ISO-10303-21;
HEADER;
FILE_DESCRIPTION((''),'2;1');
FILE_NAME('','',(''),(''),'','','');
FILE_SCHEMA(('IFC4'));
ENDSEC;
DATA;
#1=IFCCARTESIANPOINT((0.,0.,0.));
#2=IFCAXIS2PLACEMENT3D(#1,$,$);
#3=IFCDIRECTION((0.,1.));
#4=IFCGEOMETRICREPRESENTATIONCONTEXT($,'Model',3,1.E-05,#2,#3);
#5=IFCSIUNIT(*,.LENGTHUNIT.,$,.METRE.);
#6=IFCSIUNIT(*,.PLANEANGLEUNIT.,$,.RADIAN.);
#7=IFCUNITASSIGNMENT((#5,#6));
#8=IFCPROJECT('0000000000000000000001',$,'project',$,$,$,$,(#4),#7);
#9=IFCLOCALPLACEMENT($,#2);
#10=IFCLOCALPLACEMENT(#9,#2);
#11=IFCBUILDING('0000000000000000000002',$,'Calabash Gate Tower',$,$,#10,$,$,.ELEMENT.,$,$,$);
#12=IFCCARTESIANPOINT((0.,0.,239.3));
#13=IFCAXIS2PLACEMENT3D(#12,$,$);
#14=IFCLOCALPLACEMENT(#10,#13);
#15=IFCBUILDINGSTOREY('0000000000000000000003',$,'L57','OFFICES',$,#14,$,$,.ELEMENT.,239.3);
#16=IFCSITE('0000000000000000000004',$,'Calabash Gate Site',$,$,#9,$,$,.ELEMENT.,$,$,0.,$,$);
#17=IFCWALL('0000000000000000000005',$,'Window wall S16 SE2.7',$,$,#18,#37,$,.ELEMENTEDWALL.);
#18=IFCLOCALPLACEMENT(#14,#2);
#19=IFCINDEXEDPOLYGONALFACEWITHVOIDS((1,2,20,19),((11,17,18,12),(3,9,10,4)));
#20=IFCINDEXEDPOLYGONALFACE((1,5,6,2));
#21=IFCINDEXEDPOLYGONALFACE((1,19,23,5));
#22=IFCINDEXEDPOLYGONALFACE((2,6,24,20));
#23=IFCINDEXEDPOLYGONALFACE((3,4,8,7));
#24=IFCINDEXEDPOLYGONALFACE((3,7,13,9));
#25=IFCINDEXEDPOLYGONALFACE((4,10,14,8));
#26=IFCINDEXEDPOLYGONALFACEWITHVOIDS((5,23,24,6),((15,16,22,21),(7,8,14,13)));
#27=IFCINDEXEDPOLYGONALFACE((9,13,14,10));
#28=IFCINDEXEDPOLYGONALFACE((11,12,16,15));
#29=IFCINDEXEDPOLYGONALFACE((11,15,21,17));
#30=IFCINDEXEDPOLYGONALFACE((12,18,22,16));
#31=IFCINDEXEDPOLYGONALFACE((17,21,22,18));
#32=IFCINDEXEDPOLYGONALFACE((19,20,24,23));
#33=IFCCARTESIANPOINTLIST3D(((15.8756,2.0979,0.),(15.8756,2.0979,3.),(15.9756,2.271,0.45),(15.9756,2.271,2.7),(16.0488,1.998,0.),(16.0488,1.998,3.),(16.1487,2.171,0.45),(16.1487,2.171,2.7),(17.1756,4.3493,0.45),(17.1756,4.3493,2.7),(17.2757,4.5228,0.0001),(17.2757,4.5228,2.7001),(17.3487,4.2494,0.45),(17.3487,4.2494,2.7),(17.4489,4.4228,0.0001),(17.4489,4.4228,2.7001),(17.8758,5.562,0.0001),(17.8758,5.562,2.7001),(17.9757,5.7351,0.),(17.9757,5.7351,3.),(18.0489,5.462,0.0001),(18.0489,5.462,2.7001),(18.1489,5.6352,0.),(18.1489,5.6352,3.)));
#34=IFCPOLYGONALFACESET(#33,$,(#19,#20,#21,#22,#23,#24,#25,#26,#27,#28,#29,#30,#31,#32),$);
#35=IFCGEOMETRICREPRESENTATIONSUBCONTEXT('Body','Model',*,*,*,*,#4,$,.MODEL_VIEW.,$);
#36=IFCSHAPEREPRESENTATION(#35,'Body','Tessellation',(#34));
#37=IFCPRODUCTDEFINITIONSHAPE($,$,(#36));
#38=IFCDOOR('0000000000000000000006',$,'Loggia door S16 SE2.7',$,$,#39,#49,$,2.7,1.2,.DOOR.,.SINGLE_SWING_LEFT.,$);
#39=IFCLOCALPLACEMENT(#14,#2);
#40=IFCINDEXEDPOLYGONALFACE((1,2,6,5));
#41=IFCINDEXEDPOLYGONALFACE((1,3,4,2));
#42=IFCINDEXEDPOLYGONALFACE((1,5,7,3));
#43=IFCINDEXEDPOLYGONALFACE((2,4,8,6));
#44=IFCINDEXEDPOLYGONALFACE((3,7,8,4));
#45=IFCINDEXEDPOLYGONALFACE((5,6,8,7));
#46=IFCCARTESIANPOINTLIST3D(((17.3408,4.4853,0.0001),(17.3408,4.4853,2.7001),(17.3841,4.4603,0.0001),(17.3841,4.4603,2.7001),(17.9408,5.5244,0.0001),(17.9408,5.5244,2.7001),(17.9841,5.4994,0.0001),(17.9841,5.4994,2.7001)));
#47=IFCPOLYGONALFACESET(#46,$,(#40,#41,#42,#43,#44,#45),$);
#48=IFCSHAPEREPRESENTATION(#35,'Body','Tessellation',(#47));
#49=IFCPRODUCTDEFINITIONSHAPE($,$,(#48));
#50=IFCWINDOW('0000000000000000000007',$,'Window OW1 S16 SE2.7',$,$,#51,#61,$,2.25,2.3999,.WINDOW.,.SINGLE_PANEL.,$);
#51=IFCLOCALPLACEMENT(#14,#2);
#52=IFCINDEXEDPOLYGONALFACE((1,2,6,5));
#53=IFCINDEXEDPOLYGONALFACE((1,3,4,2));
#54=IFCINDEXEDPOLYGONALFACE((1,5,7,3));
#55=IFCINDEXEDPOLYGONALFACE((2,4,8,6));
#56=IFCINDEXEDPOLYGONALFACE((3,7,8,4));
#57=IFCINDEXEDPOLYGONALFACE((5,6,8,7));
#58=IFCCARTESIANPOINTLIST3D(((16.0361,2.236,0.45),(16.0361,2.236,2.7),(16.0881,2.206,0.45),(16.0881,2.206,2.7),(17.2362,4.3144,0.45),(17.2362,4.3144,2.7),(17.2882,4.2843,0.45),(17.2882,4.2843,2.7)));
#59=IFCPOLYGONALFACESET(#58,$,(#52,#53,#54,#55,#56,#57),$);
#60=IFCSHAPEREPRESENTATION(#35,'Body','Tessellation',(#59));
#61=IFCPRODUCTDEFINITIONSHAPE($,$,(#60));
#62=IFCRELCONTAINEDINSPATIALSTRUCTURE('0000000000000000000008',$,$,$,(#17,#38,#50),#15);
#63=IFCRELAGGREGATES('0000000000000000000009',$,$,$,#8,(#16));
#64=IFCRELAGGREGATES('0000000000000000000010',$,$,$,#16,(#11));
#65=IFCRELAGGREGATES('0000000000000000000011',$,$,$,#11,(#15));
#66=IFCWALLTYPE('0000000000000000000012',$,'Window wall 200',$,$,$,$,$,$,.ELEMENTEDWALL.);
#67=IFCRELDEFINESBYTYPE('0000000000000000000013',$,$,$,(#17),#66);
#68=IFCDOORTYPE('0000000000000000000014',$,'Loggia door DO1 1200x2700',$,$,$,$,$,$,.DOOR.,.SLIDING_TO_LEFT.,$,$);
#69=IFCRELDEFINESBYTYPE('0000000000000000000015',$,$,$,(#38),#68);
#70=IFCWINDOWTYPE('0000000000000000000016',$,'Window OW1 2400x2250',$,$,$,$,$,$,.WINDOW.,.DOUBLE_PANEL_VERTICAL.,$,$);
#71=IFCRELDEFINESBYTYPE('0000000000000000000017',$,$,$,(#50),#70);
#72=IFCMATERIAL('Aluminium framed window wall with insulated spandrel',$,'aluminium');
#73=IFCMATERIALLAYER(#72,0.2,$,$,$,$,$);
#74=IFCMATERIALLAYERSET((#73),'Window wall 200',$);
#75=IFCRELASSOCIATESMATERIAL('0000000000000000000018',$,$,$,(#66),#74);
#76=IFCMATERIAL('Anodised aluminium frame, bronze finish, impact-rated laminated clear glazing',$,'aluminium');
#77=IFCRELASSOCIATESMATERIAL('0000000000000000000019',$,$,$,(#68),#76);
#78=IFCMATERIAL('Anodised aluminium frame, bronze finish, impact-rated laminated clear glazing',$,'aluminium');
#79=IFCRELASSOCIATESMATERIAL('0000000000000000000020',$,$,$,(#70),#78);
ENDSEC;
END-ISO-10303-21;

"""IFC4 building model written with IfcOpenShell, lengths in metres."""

from ifc_helpers import new_model, si_unit, direction, frame, frame_2d, origin, place, context, subcontext, project, spatial, rectangle, extrude, material, layer, layer_set, type_object, element, fill, save


model = new_model("IFC4")

# Units and contexts
model_context = context("Model", 3, precision=1e-05, world=origin(), true_north=direction((0.0, 1.0)))
body_context = subcontext(model_context, "Body", "Model", "MODEL_VIEW")
ifc_project = project(units=[si_unit("LENGTHUNIT", "METRE"), si_unit("PLANEANGLEUNIT", "RADIAN")], contexts=[model_context])

# Site, building, storey
site_placement = place(None, origin())
site = spatial("IfcSite", under=ifc_project, at=site_placement, Name="Calabash Gate Site", CompositionType="ELEMENT", RefElevation=0.0)
building_placement = place(site_placement, origin())
building = spatial("IfcBuilding", under=site, at=building_placement, Name="Calabash Gate Tower", CompositionType="ELEMENT")
storey_placement = place(building_placement, frame((0.0, 0.0, 239.3)))
storey = spatial("IfcBuildingStorey", under=building, at=storey_placement, Name="L57", Description="OFFICES", CompositionType="ELEMENT", Elevation=239.3)

# Wall, openings, door, window
ifc_material_1 = material(Name="Aluminium framed window wall with insulated spandrel", Category="aluminium")
ifc_layer_1 = layer(ifc_material_1, 0.2)
ifc_layer_set_1 = layer_set([ifc_layer_1], Name="Window wall 200")
wall_type_1 = type_object("IfcWallType", Name="Window wall 200", PredefinedType="ELEMENTEDWALL", material=ifc_layer_set_1)
wall_1_placement = place(storey_placement, frame((15.9622, 2.0479, 0.0), z_axis=(0.0, 0.0, 1.0), x_axis=(0.500028, 0.866009, 0.0)))
wall_1 = element("IfcWall", 1, at=wall_1_placement, inside=storey, type_object=wall_type_1, Name="Window wall S16 SE2.7", PredefinedType="ELEMENTEDWALL", context=body_context, shape_type="SweptSolid", body=[
    extrude(rectangle(XDim=4.2, YDim=0.2, at=frame_2d((2.1001, 0.0))), origin(), (0.0, 0.0, 1.0), 3.0),
])
opening_1_placement = place(wall_1_placement, frame((0.2, 0.0, 0.45)))
opening_1 = element("IfcOpeningElement", 2, at=opening_1_placement, cuts=wall_1, PredefinedType="OPENING", context=body_context, shape_type="SweptSolid", body=[
    extrude(rectangle(XDim=2.3999, YDim=2.25, at=frame_2d((1.2, 1.125))), frame((0.0, 0.1099, 0.0), z_axis=(0.0, -1.0, 0.0), x_axis=(1.0, 0.0, 0.0)), (0.0, 0.0, 1.0), 0.22),
])
opening_2_placement = place(wall_1_placement, frame((2.8, 0.0, 0.0)))
opening_2 = element("IfcOpeningElement", 3, at=opening_2_placement, cuts=wall_1, PredefinedType="OPENING", context=body_context, shape_type="SweptSolid", body=[
    extrude(rectangle(XDim=1.2, YDim=2.7, at=frame_2d((0.6001, 1.3501))), frame((0.0, 0.1099, 0.0), z_axis=(0.0, -1.0, 0.0), x_axis=(1.0, 0.0, 0.0)), (0.0, 0.0, 1.0), 0.22),
])
ifc_material_2 = material(Name="Anodised aluminium frame, bronze finish, impact-rated laminated clear glazing", Category="aluminium")
door_type_1 = type_object("IfcDoorType", Name="Loggia door DO1 1200x2700", OperationType="SLIDING_TO_LEFT", PredefinedType="DOOR", material=ifc_material_2)
door_1_placement = place(opening_2_placement, origin())
door_1 = element("IfcDoor", 4, at=door_1_placement, inside=storey, type_object=door_type_1, Name="Loggia door S16 SE2.7", OperationType="SINGLE_SWING_LEFT", OverallHeight=2.7, OverallWidth=1.2, PredefinedType="DOOR", context=body_context, shape_type="SweptSolid", body=[
    extrude(rectangle(XDim=1.2, YDim=2.7, at=frame_2d((0.6001, 1.3501))), frame((0.0, 0.0249, 0.0), z_axis=(0.0, -1.0, 0.0), x_axis=(1.0, 0.0, 0.0)), (0.0, 0.0, 1.0), 0.05),
])
fill(opening_2, door_1)
ifc_material_3 = material(Name="Anodised aluminium frame, bronze finish, impact-rated laminated clear glazing", Category="aluminium")
window_type = type_object("IfcWindowType", Name="Window OW1 2400x2250", PartitioningType="DOUBLE_PANEL_VERTICAL", PredefinedType="WINDOW", material=ifc_material_3)
window_placement = place(opening_1_placement, origin())
window = element("IfcWindow", 5, at=window_placement, inside=storey, type_object=window_type, Name="Window OW1 S16 SE2.7", OverallHeight=2.25, OverallWidth=2.3999, PartitioningType="SINGLE_PANEL", PredefinedType="WINDOW", context=body_context, shape_type="SweptSolid", body=[
    extrude(rectangle(XDim=2.3999, YDim=2.25, at=frame_2d((1.2, 1.125))), frame((0.0, 0.03, 0.0), z_axis=(0.0, -1.0, 0.0), x_axis=(1.0, 0.0, 0.0)), (0.0, 0.0, 1.0), 0.0601),
])
fill(opening_1, window)

save(model, "model.ifc")
